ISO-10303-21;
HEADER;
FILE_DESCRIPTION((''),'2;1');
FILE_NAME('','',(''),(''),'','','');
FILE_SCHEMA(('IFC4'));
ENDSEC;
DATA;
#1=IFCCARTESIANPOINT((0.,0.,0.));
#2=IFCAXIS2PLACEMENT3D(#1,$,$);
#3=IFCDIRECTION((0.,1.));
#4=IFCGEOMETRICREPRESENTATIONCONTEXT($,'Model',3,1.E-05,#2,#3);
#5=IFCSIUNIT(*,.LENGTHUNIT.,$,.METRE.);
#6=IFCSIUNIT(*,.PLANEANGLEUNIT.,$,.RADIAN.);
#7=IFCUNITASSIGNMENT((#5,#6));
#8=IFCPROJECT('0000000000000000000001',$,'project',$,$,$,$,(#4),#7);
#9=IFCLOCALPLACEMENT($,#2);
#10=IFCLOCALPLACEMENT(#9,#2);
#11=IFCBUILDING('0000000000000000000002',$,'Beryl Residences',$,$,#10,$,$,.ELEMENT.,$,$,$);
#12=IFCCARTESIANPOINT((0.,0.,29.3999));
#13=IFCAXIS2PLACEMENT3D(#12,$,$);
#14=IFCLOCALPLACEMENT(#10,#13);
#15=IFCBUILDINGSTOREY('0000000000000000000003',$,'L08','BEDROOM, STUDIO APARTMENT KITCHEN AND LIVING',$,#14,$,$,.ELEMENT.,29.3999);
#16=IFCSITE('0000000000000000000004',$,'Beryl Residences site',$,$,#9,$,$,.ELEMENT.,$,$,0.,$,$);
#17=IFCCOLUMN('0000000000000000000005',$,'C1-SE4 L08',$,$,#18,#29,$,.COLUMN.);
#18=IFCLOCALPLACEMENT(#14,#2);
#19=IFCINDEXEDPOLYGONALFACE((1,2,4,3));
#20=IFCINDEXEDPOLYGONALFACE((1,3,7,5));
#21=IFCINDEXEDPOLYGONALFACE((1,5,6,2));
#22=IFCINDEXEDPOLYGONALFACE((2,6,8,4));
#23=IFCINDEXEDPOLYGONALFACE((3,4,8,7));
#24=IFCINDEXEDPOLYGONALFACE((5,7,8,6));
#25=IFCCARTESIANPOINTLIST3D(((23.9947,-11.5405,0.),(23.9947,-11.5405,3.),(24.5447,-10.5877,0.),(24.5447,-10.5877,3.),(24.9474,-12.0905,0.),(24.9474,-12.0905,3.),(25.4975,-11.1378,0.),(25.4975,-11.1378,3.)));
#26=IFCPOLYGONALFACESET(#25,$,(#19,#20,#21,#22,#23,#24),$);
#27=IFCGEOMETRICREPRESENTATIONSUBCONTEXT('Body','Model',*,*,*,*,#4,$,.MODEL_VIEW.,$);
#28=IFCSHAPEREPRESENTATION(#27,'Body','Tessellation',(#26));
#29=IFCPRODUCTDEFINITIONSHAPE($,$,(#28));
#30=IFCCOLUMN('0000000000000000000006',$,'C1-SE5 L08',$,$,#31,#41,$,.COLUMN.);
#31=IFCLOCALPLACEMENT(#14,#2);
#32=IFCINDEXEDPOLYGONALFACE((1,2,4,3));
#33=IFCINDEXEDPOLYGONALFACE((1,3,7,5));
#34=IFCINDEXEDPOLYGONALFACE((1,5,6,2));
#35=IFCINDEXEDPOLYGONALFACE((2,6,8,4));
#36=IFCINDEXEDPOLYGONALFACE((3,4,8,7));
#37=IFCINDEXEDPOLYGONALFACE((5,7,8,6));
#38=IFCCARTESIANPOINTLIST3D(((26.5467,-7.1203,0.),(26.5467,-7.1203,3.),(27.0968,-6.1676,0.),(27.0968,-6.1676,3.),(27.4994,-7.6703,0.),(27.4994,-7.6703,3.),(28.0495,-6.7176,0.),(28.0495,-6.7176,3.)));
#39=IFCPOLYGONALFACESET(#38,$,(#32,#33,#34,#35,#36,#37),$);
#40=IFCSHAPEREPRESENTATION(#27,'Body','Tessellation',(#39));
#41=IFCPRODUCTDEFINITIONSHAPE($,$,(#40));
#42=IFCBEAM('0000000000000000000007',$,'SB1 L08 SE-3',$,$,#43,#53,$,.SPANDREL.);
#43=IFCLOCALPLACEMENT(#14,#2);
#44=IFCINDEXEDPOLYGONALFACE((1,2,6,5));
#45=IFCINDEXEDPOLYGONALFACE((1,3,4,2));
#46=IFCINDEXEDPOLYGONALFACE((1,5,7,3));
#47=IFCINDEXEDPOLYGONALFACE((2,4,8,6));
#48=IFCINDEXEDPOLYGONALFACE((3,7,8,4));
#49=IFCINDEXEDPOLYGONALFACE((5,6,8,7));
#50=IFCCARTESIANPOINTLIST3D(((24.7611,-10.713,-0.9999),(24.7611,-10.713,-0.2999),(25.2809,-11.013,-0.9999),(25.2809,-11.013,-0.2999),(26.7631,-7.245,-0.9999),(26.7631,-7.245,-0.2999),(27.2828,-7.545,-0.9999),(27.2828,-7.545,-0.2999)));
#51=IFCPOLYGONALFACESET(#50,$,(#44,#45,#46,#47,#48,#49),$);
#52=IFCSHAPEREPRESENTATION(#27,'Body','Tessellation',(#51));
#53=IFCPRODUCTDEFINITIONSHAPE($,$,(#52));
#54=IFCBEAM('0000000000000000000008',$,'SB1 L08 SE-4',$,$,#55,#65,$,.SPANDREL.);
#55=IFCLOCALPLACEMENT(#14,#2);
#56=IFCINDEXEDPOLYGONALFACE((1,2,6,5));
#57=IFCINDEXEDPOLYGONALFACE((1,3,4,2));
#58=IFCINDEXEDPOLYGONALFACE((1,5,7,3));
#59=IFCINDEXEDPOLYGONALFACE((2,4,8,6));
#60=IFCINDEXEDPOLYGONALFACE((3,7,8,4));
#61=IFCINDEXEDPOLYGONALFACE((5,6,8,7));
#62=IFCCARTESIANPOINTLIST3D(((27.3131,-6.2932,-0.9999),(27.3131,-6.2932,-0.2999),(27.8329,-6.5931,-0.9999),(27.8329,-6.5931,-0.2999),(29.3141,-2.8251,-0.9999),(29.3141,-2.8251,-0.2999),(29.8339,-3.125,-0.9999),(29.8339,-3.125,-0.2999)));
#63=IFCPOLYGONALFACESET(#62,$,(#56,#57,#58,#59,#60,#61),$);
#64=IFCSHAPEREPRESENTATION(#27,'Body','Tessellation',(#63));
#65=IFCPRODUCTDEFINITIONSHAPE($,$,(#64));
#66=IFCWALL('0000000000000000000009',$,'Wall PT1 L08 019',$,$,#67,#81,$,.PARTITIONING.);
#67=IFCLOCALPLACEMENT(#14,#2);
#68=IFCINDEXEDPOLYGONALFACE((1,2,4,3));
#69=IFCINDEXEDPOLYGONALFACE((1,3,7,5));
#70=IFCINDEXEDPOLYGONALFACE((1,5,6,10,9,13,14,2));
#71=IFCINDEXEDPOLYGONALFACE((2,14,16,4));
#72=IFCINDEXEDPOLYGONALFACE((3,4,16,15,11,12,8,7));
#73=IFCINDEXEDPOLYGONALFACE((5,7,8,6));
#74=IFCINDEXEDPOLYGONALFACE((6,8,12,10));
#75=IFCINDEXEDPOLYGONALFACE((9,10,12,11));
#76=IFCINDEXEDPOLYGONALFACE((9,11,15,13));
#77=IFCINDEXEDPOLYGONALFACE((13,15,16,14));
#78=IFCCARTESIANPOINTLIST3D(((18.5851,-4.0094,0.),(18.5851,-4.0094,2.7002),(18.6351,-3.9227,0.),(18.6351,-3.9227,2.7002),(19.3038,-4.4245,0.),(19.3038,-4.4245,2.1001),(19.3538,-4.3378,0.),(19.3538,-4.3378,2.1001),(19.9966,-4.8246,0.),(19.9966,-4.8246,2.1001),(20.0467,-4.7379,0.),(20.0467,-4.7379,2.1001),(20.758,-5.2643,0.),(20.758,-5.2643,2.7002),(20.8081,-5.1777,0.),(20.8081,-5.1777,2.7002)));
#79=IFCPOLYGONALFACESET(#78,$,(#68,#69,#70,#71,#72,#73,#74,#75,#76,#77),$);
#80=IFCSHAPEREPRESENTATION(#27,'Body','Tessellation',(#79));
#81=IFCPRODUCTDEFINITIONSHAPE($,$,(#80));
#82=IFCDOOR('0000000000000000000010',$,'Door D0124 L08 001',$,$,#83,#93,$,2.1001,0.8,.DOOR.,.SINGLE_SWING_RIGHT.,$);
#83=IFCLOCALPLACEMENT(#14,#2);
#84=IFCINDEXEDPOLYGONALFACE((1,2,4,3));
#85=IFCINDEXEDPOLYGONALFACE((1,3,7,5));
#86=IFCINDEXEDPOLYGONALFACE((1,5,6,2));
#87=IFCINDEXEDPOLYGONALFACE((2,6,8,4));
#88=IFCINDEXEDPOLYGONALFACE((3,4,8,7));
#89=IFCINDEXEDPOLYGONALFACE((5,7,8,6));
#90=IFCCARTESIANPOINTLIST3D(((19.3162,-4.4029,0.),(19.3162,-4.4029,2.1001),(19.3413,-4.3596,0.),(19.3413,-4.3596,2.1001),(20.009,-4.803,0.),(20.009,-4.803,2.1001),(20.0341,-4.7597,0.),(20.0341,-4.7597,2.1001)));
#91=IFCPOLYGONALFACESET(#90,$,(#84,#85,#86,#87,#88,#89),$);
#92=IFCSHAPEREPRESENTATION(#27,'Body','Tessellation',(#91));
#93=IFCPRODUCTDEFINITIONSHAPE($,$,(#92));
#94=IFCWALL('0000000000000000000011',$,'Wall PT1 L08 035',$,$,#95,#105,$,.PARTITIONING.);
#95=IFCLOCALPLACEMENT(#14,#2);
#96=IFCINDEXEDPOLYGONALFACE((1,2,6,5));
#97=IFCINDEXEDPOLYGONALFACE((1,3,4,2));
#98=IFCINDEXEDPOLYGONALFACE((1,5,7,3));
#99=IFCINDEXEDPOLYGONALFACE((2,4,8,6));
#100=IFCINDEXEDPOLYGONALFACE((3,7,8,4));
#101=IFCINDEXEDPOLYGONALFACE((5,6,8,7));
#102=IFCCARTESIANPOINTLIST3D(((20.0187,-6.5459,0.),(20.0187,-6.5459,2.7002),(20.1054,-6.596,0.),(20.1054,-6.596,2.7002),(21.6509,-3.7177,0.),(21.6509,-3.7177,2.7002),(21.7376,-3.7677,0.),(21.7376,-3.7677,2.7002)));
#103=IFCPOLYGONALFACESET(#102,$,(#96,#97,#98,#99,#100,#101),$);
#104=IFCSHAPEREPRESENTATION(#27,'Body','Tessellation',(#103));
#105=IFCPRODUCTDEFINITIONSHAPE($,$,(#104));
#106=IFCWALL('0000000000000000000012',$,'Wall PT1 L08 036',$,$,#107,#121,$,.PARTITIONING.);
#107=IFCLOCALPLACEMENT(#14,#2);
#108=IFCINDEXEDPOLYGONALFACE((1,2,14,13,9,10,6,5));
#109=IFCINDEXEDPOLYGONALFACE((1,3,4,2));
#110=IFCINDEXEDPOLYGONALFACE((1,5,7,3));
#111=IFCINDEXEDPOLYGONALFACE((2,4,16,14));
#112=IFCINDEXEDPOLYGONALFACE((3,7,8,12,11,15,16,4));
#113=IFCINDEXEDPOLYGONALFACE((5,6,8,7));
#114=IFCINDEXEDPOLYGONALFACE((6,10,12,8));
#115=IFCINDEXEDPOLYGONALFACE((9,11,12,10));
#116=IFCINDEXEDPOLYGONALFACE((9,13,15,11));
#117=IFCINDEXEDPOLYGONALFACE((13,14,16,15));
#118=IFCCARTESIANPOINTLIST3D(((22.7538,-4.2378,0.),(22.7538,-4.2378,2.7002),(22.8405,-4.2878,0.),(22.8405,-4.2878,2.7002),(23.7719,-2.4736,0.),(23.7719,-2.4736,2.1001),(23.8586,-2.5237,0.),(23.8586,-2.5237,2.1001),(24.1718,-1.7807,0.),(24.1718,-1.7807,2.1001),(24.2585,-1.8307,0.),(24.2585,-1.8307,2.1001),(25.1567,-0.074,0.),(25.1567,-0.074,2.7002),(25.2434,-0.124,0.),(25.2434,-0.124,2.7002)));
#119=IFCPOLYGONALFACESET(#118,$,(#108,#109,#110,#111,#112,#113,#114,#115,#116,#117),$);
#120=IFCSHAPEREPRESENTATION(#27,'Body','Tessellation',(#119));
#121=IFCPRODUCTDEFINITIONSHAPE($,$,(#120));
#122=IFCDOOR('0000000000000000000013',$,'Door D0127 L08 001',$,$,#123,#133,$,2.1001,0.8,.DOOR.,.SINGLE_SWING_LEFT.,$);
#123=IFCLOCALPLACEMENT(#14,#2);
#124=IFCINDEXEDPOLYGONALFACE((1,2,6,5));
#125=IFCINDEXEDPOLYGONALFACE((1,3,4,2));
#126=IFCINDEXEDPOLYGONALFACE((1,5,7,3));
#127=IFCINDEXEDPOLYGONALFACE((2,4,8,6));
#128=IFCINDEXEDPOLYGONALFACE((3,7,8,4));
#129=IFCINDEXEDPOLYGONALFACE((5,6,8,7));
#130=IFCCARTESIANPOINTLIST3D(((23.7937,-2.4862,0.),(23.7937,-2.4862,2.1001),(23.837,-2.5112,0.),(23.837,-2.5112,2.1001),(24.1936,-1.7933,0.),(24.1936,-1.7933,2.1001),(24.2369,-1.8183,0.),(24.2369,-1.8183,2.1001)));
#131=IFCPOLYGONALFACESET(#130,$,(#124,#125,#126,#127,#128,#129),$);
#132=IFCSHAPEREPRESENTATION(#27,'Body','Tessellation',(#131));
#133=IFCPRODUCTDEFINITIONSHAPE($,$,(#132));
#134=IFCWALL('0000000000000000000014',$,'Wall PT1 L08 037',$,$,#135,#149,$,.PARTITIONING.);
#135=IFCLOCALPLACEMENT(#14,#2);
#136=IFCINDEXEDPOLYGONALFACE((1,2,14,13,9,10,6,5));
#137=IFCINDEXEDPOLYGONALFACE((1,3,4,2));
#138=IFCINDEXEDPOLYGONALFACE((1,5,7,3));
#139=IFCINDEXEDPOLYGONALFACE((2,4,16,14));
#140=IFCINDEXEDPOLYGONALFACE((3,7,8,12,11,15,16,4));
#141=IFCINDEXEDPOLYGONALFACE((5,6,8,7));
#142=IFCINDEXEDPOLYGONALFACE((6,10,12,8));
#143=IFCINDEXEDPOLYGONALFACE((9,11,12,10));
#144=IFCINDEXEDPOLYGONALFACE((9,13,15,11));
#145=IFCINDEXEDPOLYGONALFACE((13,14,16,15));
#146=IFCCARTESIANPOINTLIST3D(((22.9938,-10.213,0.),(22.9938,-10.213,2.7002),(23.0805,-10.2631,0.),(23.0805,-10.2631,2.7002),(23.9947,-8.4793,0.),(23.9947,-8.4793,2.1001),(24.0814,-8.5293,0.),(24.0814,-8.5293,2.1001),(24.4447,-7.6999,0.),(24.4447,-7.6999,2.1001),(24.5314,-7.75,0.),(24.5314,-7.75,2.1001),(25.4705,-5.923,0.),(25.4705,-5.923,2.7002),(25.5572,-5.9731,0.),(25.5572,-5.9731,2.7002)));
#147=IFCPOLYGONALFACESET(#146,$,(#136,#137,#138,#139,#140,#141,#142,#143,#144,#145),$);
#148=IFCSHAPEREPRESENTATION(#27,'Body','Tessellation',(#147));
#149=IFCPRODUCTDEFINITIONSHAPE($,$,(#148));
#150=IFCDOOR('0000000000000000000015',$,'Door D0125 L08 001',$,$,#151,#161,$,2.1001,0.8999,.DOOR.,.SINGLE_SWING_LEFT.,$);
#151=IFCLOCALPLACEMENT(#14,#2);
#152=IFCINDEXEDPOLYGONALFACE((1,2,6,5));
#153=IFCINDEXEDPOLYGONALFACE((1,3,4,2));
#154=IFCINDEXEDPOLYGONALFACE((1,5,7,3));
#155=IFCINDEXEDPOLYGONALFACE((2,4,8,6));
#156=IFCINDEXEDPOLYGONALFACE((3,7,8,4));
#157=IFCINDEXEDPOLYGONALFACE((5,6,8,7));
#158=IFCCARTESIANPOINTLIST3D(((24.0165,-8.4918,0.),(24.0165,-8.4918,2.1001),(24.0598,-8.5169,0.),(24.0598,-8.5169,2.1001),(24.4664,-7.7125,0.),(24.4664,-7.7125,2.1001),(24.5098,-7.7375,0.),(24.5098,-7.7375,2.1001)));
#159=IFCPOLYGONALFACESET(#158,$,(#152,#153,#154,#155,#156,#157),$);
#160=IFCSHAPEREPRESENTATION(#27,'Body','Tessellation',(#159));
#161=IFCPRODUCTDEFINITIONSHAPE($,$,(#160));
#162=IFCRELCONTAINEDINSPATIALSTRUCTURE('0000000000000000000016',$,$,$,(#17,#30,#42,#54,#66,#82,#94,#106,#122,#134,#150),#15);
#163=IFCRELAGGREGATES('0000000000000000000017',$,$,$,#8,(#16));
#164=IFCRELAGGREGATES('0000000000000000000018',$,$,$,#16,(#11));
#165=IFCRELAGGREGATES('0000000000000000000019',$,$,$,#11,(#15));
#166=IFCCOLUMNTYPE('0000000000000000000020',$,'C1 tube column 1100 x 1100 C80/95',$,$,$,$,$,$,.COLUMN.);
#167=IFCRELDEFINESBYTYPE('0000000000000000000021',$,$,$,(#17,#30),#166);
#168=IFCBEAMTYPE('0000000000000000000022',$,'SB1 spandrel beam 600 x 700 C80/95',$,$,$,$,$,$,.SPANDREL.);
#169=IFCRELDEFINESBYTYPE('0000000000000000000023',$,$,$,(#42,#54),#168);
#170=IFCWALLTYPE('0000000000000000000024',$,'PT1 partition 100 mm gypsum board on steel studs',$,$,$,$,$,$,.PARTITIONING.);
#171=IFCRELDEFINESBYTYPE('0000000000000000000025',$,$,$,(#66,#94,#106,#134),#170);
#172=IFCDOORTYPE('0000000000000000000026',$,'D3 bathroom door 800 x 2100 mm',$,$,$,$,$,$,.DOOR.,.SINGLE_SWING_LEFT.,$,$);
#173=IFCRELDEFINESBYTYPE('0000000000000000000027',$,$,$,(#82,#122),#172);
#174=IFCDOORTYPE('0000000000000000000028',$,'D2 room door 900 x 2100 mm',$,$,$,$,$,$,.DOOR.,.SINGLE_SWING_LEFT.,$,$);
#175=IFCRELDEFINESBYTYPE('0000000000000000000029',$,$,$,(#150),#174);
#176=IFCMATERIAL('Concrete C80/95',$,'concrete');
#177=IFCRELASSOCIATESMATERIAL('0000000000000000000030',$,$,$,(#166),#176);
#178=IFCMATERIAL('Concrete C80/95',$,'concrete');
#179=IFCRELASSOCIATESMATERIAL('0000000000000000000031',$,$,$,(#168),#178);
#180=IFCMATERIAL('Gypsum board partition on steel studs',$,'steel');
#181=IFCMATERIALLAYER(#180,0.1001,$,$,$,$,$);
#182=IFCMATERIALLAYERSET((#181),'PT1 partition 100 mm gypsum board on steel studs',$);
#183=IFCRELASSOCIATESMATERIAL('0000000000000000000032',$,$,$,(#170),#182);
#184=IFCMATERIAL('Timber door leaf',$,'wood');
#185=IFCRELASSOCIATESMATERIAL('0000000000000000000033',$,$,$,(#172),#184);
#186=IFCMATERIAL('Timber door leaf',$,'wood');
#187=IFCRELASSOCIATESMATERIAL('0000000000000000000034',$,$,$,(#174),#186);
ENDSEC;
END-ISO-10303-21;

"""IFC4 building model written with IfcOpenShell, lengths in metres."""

from ifc_helpers import new_model, si_unit, direction, frame, frame_2d, origin, origin_2d, place, context, subcontext, project, spatial, rectangle, extrude, material, layer, layer_set, material_profile, profile_set, type_object, element, fill, save


model = new_model("IFC4")

# Units and contexts
model_context = context("Model", 3, precision=1e-05, world=origin(), true_north=direction((0.0, 1.0)))
body_context = subcontext(model_context, "Body", "Model", "MODEL_VIEW")
ifc_project = project(units=[si_unit("LENGTHUNIT", "METRE"), si_unit("PLANEANGLEUNIT", "RADIAN")], contexts=[model_context])

# Site, building, storey
site_placement = place(None, origin())
site = spatial("IfcSite", under=ifc_project, at=site_placement, Name="Beryl Residences site", CompositionType="ELEMENT", RefElevation=0.0)
building_placement = place(site_placement, origin())
building = spatial("IfcBuilding", under=site, at=building_placement, Name="Beryl Residences", CompositionType="ELEMENT")
storey_placement = place(building_placement, frame((0.0, 0.0, 29.3999)))
storey = spatial("IfcBuildingStorey", under=building, at=storey_placement, Name="L08", Description="BEDROOM, STUDIO APARTMENT KITCHEN AND LIVING", CompositionType="ELEMENT", Elevation=29.3999)

# Columns
ifc_material_1 = material(Name="Concrete C80/95", Category="concrete")
ifc_material_profile_1 = material_profile(ifc_material_1, rectangle(XDim=1.1001, YDim=1.1001, at=origin_2d()))
ifc_profile_set_1 = profile_set([ifc_material_profile_1], Name="Concrete C80/95")
column_type = type_object("IfcColumnType", Name="C1 tube column 1100 x 1100 C80/95", PredefinedType="COLUMN", material=ifc_profile_set_1)
for number, where, z_axis, x_axis, name in (
    (1, (24.7461, -11.3391, 0.0), (0.0, 0.0, 1.0), (0.499985, 0.866034, 0.0), "C1-SE4 L08"),
    (2, (27.2981, -6.9189, 0.0), (0.0, 0.0, 1.0), (0.499985, 0.866034, 0.0), "C1-SE5 L08"),
):
    element("IfcColumn", number, at=place(storey_placement, frame(where, z_axis=z_axis, x_axis=x_axis)), inside=storey, type_object=column_type, Name=name, PredefinedType="COLUMN", context=body_context, shape_type="SweptSolid", body=[
        extrude(rectangle(XDim=1.1001, YDim=1.1001, at=origin_2d()), origin(), (0.0, 0.0, 1.0), 3.0),
    ])

# Beams
ifc_material_2 = material(Name="Concrete C80/95", Category="concrete")
ifc_material_profile_2 = material_profile(ifc_material_2, rectangle(XDim=0.6001, YDim=0.7, at=origin_2d()))
ifc_profile_set_2 = profile_set([ifc_material_profile_2], Name="Concrete C80/95")
beam_type = type_object("IfcBeamType", Name="SB1 spandrel beam 600 x 700 C80/95", PredefinedType="SPANDREL", material=ifc_profile_set_2)
beam_1_placement = place(storey_placement, frame((25.021, -10.863, -0.6499), z_axis=(0.499942, 0.866059, 0.0), x_axis=(-0.866059, 0.499942, 0.0)))
element("IfcBeam", 3, at=beam_1_placement, inside=storey, type_object=beam_type, Name="SB1 L08 SE-3", PredefinedType="SPANDREL", context=body_context, shape_type="SweptSolid", body=[
    extrude(rectangle(XDim=0.6001, YDim=0.7, at=origin_2d()), origin(), (0.0, 0.0, 1.0), 4.0044),
])
beam_2_placement = place(storey_placement, frame((27.573, -6.4431, -0.6499), z_axis=(0.499759, 0.866164, 0.0), x_axis=(-0.866164, 0.499759, 0.0)))
element("IfcBeam", 4, at=beam_2_placement, inside=storey, type_object=beam_type, Name="SB1 L08 SE-4", PredefinedType="SPANDREL", context=body_context, shape_type="SweptSolid", body=[
    extrude(rectangle(XDim=0.6001, YDim=0.7, at=origin_2d()), origin(), (0.0, 0.0, 1.0), 4.0039),
])

# Wall, opening, door
ifc_material_3 = material(Name="Gypsum board partition on steel studs", Category="steel")
ifc_layer = layer(ifc_material_3, 0.1001)
ifc_layer_set = layer_set([ifc_layer], Name="PT1 partition 100 mm gypsum board on steel studs")
wall_type = type_object("IfcWallType", Name="PT1 partition 100 mm gypsum board on steel studs", PredefinedType="PARTITIONING", material=ifc_layer_set)
wall_1_placement = place(storey_placement, frame((18.6101, -3.9661, 0.0), z_axis=(0.0, 0.0, 1.0), x_axis=(0.865959, -0.500115, 0.0)))
wall_1 = element("IfcWall", 5, at=wall_1_placement, inside=storey, type_object=wall_type, Name="Wall PT1 L08 019", PredefinedType="PARTITIONING", context=body_context, shape_type="SweptSolid", body=[
    extrude(rectangle(XDim=2.5093, YDim=0.1001, at=frame_2d((1.2546, 0.0))), origin(), (0.0, 0.0, 1.0), 2.7002),
])
opening_1_placement = place(wall_1_placement, frame((0.8301, 0.0, 0.0)))
opening_1 = element("IfcOpeningElement", 6, at=opening_1_placement, cuts=wall_1, PredefinedType="OPENING", context=body_context, shape_type="SweptSolid", body=[
    extrude(rectangle(XDim=0.8, YDim=2.1001, at=frame_2d((0.3999, 1.05))), frame((0.0, 0.0601, 0.0), z_axis=(0.0, -1.0, 0.0), x_axis=(1.0, 0.0, 0.0)), (0.0, 0.0, 1.0), 0.1201),
])
ifc_material_4 = material(Name="Timber door leaf", Category="wood")
door_type_1 = type_object("IfcDoorType", Name="D3 bathroom door 800 x 2100 mm", OperationType="SINGLE_SWING_LEFT", PredefinedType="DOOR", material=ifc_material_4)
door_1_placement = place(opening_1_placement, origin())
door_1 = element("IfcDoor", 7, at=door_1_placement, inside=storey, type_object=door_type_1, Name="Door D0124 L08 001", OperationType="SINGLE_SWING_RIGHT", OverallHeight=2.1001, OverallWidth=0.8, PredefinedType="DOOR", context=body_context, shape_type="SweptSolid", body=[
    extrude(rectangle(XDim=0.8, YDim=2.1001, at=frame_2d((0.3999, 1.05))), frame((0.0, 0.0249, 0.0), z_axis=(0.0, -1.0, 0.0), x_axis=(1.0, 0.0, 0.0)), (0.0, 0.0, 1.0), 0.05),
])
fill(opening_1, door_1)

# Wall
wall_2_placement = place(storey_placement, frame((20.062, -6.571, 0.0), z_axis=(0.0, 0.0, 1.0), x_axis=(0.49983, 0.866123, 0.0)))
element("IfcWall", 8, at=wall_2_placement, inside=storey, type_object=wall_type, Name="Wall PT1 L08 035", PredefinedType="PARTITIONING", context=body_context, shape_type="SweptSolid", body=[
    extrude(rectangle(XDim=3.2654, YDim=0.1001, at=frame_2d((1.6328, 0.0))), origin(), (0.0, 0.0, 1.0), 2.7002),
])

# Walls, openings, doors
wall_3_placement = place(storey_placement, frame((22.7971, -4.2629, 0.0), z_axis=(0.0, 0.0, 1.0), x_axis=(0.499821, 0.866129, 0.0)))
wall_3 = element("IfcWall", 9, at=wall_3_placement, inside=storey, type_object=wall_type, Name="Wall PT1 L08 036", PredefinedType="PARTITIONING", context=body_context, shape_type="SweptSolid", body=[
    extrude(rectangle(XDim=4.8074, YDim=0.1001, at=frame_2d((2.4038, 0.0))), origin(), (0.0, 0.0, 1.0), 2.7002),
])
opening_2_placement = place(wall_3_placement, frame((2.0371, 0.0, 0.0)))
opening_2 = element("IfcOpeningElement", 10, at=opening_2_placement, cuts=wall_3, PredefinedType="OPENING", context=body_context, shape_type="SweptSolid", body=[
    extrude(rectangle(XDim=0.8, YDim=2.1001, at=frame_2d((0.3999, 1.05))), frame((0.0, 0.0601, 0.0), z_axis=(0.0, -1.0, 0.0), x_axis=(1.0, 0.0, 0.0)), (0.0, 0.0, 1.0), 0.1201),
])
door_2_placement = place(opening_2_placement, origin())
door_2 = element("IfcDoor", 11, at=door_2_placement, inside=storey, type_object=door_type_1, Name="Door D0127 L08 001", OperationType="SINGLE_SWING_LEFT", OverallHeight=2.1001, OverallWidth=0.8, PredefinedType="DOOR", context=body_context, shape_type="SweptSolid", body=[
    extrude(rectangle(XDim=0.8, YDim=2.1001, at=frame_2d((0.3999, 1.05))), frame((0.0, 0.0249, 0.0), z_axis=(0.0, -1.0, 0.0), x_axis=(1.0, 0.0, 0.0)), (0.0, 0.0, 1.0), 0.05),
])
fill(opening_2, door_2)
wall_4_placement = place(storey_placement, frame((23.0371, -10.238, 0.0), z_axis=(0.0, 0.0, 1.0), x_axis=(0.499993, 0.86603, 0.0)))
wall_4 = element("IfcWall", 12, at=wall_4_placement, inside=storey, type_object=wall_type, Name="Wall PT1 L08 037", PredefinedType="PARTITIONING", context=body_context, shape_type="SweptSolid", body=[
    extrude(rectangle(XDim=4.9536, YDim=0.1001, at=frame_2d((2.4768, 0.0))), origin(), (0.0, 0.0, 1.0), 2.7002),
])
opening_3_placement = place(wall_4_placement, frame((2.002, 0.0, 0.0)))
opening_3 = element("IfcOpeningElement", 13, at=opening_3_placement, cuts=wall_4, PredefinedType="OPENING", context=body_context, shape_type="SweptSolid", body=[
    extrude(rectangle(XDim=0.8999, YDim=2.1001, at=frame_2d((0.45, 1.05))), frame((0.0, 0.0601, 0.0), z_axis=(0.0, -1.0, 0.0), x_axis=(1.0, 0.0, 0.0)), (0.0, 0.0, 1.0), 0.1201),
])
ifc_material_5 = material(Name="Timber door leaf", Category="wood")
door_type_2 = type_object("IfcDoorType", Name="D2 room door 900 x 2100 mm", OperationType="SINGLE_SWING_LEFT", PredefinedType="DOOR", material=ifc_material_5)
door_3_placement = place(opening_3_placement, origin())
door_3 = element("IfcDoor", 14, at=door_3_placement, inside=storey, type_object=door_type_2, Name="Door D0125 L08 001", OperationType="SINGLE_SWING_LEFT", OverallHeight=2.1001, OverallWidth=0.8999, PredefinedType="DOOR", context=body_context, shape_type="SweptSolid", body=[
    extrude(rectangle(XDim=0.8999, YDim=2.1001, at=frame_2d((0.45, 1.05))), frame((0.0, 0.0249, 0.0), z_axis=(0.0, -1.0, 0.0), x_axis=(1.0, 0.0, 0.0)), (0.0, 0.0, 1.0), 0.05),
])
fill(opening_3, door_3)

save(model, "model.ifc")
